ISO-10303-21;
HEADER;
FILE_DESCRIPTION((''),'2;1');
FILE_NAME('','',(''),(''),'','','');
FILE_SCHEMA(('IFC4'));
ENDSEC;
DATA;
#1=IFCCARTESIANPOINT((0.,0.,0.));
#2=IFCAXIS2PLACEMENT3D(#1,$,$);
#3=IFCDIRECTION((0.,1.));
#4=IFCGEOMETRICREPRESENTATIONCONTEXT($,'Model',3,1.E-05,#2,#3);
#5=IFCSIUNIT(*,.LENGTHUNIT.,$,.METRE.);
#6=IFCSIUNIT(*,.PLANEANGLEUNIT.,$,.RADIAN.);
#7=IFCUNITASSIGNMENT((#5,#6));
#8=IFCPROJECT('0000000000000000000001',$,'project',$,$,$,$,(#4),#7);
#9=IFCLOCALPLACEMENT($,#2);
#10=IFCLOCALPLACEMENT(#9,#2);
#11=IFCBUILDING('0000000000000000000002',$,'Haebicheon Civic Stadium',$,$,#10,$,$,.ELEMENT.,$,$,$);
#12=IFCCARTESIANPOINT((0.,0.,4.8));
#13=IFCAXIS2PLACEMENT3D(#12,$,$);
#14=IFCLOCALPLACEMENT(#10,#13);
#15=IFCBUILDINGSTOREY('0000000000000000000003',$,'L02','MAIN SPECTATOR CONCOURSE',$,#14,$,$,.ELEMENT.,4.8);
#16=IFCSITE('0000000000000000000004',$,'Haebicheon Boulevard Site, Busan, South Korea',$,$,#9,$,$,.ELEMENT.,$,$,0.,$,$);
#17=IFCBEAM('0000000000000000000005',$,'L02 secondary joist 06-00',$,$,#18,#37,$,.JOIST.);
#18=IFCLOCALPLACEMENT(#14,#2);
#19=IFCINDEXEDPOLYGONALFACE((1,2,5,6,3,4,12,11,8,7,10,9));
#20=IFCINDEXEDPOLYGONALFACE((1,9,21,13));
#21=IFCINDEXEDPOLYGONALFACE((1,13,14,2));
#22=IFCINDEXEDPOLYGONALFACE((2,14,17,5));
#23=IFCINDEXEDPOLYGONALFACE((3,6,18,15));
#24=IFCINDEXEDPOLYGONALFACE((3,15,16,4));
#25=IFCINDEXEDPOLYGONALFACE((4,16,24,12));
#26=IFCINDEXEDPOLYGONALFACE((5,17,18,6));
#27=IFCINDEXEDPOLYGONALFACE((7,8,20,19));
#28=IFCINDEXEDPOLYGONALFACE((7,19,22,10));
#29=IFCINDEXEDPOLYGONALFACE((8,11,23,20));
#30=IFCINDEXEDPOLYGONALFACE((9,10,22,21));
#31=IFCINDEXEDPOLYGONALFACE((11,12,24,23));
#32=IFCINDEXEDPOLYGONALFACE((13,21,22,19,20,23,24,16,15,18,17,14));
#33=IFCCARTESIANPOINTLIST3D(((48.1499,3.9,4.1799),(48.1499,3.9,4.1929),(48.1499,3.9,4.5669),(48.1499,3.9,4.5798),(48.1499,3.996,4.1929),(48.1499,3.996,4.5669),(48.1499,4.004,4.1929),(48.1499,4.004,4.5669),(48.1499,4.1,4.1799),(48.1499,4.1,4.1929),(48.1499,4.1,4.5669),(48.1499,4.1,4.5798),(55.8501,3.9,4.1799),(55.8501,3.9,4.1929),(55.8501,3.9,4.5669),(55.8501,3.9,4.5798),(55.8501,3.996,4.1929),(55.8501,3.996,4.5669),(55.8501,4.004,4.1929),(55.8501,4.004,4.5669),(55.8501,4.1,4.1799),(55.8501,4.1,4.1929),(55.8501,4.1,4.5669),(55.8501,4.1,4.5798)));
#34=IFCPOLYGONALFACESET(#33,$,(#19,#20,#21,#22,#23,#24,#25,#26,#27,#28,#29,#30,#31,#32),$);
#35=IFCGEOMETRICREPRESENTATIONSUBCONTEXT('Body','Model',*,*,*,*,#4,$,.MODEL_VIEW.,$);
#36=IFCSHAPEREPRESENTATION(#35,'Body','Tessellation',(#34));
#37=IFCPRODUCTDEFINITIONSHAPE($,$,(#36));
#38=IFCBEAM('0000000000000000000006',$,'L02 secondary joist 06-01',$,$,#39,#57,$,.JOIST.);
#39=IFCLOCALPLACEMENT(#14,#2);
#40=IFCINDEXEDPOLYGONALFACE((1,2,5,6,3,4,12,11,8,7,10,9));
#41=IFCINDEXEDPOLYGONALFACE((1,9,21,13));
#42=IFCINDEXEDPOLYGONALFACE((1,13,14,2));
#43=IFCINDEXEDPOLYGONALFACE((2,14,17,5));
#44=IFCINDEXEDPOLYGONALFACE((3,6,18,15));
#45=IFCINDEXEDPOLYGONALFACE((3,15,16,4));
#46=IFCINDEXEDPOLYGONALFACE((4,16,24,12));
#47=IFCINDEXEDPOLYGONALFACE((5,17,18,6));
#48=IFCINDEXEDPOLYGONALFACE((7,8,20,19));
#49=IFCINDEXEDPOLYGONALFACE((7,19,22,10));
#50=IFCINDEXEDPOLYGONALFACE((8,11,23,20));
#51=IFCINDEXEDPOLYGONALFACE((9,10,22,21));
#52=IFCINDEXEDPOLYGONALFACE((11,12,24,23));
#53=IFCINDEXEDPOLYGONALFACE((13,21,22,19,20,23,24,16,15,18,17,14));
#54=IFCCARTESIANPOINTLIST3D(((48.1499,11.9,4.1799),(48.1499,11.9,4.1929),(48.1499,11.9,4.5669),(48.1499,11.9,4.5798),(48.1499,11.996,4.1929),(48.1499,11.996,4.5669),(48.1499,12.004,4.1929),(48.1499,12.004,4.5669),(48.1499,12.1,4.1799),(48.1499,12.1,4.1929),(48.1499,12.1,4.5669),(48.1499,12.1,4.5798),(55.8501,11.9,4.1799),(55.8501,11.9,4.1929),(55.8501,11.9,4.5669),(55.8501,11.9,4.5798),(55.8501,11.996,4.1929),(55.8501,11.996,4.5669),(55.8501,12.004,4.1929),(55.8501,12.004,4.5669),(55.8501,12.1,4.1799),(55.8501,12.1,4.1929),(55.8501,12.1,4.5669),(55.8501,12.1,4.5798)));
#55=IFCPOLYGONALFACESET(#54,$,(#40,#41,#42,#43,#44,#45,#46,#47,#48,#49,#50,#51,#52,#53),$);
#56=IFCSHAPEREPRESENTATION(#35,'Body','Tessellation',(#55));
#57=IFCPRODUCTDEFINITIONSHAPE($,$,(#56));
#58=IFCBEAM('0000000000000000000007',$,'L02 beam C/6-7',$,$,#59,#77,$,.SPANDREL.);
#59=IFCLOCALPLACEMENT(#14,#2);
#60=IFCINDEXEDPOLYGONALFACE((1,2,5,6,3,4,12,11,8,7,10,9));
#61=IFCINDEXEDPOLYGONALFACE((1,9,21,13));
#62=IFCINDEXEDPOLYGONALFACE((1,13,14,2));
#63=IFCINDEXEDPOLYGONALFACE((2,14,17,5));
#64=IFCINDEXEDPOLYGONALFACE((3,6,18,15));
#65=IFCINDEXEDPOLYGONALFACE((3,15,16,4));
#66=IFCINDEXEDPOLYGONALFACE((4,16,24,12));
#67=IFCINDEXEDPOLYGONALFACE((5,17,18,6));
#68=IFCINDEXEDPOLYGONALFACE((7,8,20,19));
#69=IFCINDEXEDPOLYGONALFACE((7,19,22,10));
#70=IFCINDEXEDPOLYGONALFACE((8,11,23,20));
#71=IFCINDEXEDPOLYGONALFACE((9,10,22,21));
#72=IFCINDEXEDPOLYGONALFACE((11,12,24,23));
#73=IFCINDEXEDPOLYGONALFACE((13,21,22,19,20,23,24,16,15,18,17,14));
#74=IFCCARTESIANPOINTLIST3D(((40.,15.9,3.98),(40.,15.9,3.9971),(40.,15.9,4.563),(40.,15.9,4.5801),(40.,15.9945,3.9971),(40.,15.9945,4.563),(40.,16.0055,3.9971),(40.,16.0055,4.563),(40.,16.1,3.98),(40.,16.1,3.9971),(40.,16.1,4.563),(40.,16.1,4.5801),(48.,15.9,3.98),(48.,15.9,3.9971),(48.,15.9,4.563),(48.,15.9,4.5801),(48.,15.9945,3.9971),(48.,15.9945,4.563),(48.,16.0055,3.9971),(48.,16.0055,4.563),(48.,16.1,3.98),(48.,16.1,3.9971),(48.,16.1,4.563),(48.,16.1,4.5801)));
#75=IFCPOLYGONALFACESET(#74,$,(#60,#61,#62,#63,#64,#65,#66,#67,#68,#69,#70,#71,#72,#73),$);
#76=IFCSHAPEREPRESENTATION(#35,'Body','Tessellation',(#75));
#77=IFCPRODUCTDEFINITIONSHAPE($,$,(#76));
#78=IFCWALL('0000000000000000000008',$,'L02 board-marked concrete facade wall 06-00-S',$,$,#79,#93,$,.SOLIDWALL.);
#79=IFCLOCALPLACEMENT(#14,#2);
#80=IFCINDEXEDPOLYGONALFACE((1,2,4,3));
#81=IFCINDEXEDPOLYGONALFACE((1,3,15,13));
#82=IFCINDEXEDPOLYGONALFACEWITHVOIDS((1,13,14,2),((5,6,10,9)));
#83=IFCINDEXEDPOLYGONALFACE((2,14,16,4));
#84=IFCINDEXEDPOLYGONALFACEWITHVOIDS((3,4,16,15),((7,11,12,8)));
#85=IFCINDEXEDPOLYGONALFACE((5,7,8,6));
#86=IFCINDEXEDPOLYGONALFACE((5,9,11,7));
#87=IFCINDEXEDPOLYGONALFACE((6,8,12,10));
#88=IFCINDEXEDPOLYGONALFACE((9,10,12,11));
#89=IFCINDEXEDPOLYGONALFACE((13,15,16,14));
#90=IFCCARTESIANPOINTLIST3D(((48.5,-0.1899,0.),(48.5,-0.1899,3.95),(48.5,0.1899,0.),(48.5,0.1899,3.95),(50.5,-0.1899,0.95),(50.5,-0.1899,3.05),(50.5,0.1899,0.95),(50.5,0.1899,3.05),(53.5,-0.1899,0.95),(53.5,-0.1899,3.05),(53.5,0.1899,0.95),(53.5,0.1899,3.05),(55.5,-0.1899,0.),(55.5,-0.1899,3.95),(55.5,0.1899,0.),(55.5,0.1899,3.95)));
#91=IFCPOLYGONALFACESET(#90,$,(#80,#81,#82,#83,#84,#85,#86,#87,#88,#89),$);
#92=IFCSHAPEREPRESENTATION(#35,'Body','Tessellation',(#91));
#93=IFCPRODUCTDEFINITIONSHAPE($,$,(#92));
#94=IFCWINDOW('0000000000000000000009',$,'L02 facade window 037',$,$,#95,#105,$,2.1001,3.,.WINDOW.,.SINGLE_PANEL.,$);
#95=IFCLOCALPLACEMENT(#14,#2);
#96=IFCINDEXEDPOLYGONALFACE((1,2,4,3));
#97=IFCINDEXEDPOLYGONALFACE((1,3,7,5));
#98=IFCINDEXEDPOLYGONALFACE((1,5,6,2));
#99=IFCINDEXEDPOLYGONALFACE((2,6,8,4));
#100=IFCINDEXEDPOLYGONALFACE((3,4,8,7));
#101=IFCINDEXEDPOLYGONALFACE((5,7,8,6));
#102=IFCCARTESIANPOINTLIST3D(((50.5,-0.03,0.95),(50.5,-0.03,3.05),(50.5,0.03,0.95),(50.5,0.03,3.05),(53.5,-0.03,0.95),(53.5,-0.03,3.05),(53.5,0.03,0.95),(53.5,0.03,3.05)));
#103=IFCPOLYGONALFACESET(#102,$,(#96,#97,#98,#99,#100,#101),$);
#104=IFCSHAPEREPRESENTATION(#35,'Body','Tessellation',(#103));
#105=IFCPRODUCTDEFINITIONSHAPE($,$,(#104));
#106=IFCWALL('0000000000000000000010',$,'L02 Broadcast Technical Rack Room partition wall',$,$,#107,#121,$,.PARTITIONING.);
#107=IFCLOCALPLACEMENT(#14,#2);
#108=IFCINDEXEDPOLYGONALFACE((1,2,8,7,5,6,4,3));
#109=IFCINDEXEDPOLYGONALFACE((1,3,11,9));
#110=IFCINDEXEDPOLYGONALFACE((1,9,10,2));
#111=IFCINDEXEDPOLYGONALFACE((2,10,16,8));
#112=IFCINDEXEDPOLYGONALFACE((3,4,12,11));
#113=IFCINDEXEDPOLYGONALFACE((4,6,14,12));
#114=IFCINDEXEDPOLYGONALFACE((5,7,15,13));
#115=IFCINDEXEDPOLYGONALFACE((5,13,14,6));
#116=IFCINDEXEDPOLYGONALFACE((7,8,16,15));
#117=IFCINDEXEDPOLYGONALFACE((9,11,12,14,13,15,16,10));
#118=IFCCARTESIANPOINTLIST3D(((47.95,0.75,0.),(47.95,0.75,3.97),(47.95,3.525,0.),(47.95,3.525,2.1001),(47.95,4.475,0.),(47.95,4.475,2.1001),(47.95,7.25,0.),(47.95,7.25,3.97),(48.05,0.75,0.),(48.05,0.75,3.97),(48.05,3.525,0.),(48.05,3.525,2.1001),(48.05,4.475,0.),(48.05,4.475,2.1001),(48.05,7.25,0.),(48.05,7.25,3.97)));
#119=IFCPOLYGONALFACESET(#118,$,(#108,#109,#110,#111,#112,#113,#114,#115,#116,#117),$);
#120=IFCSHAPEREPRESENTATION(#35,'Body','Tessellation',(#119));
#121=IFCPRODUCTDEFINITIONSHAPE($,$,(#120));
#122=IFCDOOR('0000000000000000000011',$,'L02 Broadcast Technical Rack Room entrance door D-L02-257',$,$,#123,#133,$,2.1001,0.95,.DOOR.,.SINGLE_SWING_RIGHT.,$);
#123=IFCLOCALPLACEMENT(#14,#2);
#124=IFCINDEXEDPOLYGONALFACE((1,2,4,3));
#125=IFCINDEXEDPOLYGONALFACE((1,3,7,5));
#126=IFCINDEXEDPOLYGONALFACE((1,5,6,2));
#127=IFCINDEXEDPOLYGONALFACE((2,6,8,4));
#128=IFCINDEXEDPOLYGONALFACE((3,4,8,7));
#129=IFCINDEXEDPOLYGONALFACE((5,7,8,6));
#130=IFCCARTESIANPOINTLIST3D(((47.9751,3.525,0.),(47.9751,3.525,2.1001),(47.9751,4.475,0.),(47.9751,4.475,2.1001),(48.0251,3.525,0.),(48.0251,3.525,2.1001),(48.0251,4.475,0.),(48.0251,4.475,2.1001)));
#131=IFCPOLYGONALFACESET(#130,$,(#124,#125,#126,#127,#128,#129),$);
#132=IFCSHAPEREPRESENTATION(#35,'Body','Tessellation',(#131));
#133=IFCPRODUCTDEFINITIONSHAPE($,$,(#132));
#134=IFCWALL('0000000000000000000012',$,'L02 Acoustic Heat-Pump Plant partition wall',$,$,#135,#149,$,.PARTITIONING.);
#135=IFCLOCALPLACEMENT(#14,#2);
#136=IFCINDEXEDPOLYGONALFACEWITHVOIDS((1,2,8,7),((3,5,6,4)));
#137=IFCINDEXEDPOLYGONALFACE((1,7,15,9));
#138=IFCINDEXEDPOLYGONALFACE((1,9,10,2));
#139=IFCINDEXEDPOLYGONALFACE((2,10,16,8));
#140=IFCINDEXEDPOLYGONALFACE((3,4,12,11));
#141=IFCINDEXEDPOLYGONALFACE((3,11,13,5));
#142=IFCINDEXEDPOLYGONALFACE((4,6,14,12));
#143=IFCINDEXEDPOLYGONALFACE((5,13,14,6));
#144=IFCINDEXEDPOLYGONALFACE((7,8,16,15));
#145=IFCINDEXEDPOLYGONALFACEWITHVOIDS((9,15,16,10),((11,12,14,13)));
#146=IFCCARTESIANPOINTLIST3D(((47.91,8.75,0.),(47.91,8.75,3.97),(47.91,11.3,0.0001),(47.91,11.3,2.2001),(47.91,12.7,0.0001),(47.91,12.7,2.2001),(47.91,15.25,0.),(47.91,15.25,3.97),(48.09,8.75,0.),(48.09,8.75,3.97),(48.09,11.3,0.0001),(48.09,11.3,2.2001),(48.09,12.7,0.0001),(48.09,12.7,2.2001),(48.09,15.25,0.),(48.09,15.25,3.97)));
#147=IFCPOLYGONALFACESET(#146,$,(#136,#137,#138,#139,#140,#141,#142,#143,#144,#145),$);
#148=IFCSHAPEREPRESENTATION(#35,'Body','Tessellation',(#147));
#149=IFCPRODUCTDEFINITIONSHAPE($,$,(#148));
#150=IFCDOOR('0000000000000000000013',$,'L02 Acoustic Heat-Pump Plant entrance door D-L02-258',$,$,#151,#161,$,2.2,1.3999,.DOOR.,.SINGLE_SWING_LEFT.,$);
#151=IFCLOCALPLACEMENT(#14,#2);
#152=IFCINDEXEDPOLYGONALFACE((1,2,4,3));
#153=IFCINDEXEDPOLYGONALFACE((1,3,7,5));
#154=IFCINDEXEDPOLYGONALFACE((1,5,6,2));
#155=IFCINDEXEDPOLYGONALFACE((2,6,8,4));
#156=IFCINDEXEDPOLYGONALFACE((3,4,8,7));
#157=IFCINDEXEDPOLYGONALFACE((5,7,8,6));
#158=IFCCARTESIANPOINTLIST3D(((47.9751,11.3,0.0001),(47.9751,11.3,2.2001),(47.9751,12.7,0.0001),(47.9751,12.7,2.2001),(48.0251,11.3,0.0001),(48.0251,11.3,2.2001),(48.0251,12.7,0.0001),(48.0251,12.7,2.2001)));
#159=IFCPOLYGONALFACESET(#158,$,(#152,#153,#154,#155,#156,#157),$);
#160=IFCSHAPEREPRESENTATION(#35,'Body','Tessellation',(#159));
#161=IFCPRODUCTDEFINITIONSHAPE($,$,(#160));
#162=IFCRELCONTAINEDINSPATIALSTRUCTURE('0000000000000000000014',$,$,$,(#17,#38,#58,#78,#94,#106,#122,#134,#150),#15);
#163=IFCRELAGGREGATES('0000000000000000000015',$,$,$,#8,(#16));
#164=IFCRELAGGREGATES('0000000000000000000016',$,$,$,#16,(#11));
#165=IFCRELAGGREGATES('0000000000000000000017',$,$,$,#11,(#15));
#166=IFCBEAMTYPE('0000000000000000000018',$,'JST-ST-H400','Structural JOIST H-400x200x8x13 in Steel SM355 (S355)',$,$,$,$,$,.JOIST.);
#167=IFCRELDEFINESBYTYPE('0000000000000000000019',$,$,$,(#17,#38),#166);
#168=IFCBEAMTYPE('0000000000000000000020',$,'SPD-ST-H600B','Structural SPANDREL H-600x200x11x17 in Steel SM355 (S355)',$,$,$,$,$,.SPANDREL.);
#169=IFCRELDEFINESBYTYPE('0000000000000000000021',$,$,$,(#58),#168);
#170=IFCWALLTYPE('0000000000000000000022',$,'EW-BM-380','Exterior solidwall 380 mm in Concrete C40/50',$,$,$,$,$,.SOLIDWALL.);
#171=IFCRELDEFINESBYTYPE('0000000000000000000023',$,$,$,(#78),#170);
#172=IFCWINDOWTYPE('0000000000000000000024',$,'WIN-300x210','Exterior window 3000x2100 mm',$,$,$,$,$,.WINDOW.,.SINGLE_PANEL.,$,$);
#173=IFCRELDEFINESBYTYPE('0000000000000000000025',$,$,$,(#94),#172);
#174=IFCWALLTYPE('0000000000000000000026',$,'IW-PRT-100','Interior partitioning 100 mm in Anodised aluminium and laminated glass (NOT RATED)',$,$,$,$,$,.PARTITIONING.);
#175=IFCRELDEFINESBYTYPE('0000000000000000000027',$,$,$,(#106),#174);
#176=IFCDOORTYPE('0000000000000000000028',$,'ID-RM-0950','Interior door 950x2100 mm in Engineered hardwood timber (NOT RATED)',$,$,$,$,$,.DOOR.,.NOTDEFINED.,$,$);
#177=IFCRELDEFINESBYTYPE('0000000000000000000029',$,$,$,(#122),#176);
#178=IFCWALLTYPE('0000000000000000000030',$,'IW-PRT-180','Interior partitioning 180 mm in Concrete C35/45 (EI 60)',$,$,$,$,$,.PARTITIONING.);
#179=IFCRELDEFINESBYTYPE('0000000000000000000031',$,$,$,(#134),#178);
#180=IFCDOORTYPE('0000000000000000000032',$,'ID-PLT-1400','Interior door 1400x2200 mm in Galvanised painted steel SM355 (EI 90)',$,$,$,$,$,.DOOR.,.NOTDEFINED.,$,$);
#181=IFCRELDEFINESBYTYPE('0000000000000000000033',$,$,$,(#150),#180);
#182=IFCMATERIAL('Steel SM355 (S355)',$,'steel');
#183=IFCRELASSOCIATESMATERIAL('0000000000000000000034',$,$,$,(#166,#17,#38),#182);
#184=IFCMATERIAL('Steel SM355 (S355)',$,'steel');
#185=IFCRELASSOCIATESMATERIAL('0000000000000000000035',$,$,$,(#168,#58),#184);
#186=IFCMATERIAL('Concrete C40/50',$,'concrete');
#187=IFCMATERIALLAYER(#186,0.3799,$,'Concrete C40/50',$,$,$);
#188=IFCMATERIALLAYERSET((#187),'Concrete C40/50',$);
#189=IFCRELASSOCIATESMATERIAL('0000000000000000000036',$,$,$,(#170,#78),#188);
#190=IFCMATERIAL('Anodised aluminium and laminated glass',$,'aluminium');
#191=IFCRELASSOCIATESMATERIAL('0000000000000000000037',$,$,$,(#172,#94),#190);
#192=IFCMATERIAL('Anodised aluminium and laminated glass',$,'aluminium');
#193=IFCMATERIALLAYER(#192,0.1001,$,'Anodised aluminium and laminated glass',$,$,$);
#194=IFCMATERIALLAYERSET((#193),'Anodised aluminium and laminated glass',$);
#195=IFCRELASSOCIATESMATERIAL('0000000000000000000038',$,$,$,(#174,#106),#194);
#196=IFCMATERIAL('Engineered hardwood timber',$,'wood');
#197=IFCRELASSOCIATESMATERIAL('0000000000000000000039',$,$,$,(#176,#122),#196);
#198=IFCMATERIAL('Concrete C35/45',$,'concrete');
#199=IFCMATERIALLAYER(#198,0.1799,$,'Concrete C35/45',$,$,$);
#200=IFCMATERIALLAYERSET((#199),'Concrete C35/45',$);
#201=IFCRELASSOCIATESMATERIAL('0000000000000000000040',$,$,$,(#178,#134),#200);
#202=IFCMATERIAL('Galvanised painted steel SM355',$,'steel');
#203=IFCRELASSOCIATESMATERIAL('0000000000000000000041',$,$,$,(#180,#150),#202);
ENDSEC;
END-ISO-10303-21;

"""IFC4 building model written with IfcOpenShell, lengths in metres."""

from ifc_helpers import new_model, si_unit, direction, frame, frame_2d, origin, origin_2d, place, context, subcontext, project, spatial, rectangle, i_section, extrude, material, layer, layer_set, material_profile, profile_set, type_object, element, fill, save


model = new_model("IFC4")

# Units and contexts
model_context = context("Model", 3, precision=1e-05, world=origin(), true_north=direction((0.0, 1.0)))
body_context = subcontext(model_context, "Body", "Model", "MODEL_VIEW")
ifc_project = project(units=[si_unit("LENGTHUNIT", "METRE"), si_unit("PLANEANGLEUNIT", "RADIAN")], contexts=[model_context])

# Site, building, storey
site_placement = place(None, origin())
site = spatial("IfcSite", under=ifc_project, at=site_placement, Name="Haebicheon Boulevard Site, Busan, South Korea", CompositionType="ELEMENT", RefElevation=0.0)
building_placement = place(site_placement, origin())
building = spatial("IfcBuilding", under=site, at=building_placement, Name="Haebicheon Civic Stadium", CompositionType="ELEMENT")
storey_placement = place(building_placement, frame((0.0, 0.0, 4.8)))
storey = spatial("IfcBuildingStorey", under=building, at=storey_placement, Name="L02", Description="MAIN SPECTATOR CONCOURSE", CompositionType="ELEMENT", Elevation=4.8)

# Beams
ifc_material_1 = material(Name="Steel SM355 (S355)", Category="steel")
ifc_material_profile_1 = material_profile(ifc_material_1, i_section(OverallWidth=0.2, OverallDepth=0.3999, WebThickness=0.0081, FlangeThickness=0.0129, at=origin_2d()), Name="H-400x200x8x13")
ifc_profile_set_1 = profile_set([ifc_material_profile_1], Name="Steel SM355 (S355)")
beam_type_1 = type_object("IfcBeamType", Name="JST-ST-H400", Description="Structural JOIST H-400x200x8x13 in Steel SM355 (S355)", PredefinedType="JOIST", material=ifc_profile_set_1)
for number, where, z_axis, x_axis, name in (
    (1, (48.1499, 4.0, 4.3799), (1.0, 0.0, 0.0), (0.0, 1.0, 0.0), "L02 secondary joist 06-00"),
    (2, (48.1499, 12.0, 4.3799), (1.0, 0.0, 0.0), (0.0, 1.0, 0.0), "L02 secondary joist 06-01"),
):
    element("IfcBeam", number, at=place(storey_placement, frame(where, z_axis=z_axis, x_axis=x_axis)), inside=storey, type_object=beam_type_1, material=ifc_profile_set_1, Name=name, PredefinedType="JOIST", context=body_context, shape_type="SweptSolid", body=[
        extrude(i_section(OverallWidth=0.2, OverallDepth=0.3999, WebThickness=0.0081, FlangeThickness=0.0129, at=origin_2d()), origin(), (0.0, 0.0, 1.0), 7.7002),
    ])
ifc_material_2 = material(Name="Steel SM355 (S355)", Category="steel")
ifc_material_profile_2 = material_profile(ifc_material_2, i_section(OverallWidth=0.2, OverallDepth=0.6001, WebThickness=0.011, FlangeThickness=0.0171, at=origin_2d()), Name="H-600x200x11x17")
ifc_profile_set_2 = profile_set([ifc_material_profile_2], Name="Steel SM355 (S355)")
beam_type_2 = type_object("IfcBeamType", Name="SPD-ST-H600B", Description="Structural SPANDREL H-600x200x11x17 in Steel SM355 (S355)", PredefinedType="SPANDREL", material=ifc_profile_set_2)
beam_1_placement = place(storey_placement, frame((40.0, 16.0, 4.28), z_axis=(1.0, 0.0, 0.0), x_axis=(0.0, 1.0, 0.0)))
element("IfcBeam", 3, at=beam_1_placement, inside=storey, type_object=beam_type_2, material=ifc_profile_set_2, Name="L02 beam C/6-7", PredefinedType="SPANDREL", context=body_context, shape_type="SweptSolid", body=[
    extrude(i_section(OverallWidth=0.2, OverallDepth=0.6001, WebThickness=0.011, FlangeThickness=0.0171, at=origin_2d()), origin(), (0.0, 0.0, 1.0), 8.0),
])

# Wall, opening, window
ifc_material_3 = material(Name="Concrete C40/50", Category="concrete")
ifc_layer_1 = layer(ifc_material_3, 0.3799, Name="Concrete C40/50")
ifc_layer_set_1 = layer_set([ifc_layer_1], Name="Concrete C40/50")
wall_type_1 = type_object("IfcWallType", Name="EW-BM-380", Description="Exterior solidwall 380 mm in Concrete C40/50", PredefinedType="SOLIDWALL", material=ifc_layer_set_1)
wall_1_placement = place(storey_placement, frame((48.5, 0.0, 0.0), z_axis=(0.0, 0.0, 1.0), x_axis=(1.0, 0.0, 0.0)))
wall_1 = element("IfcWall", 4, at=wall_1_placement, inside=storey, type_object=wall_type_1, material=ifc_layer_set_1, Name="L02 board-marked concrete facade wall 06-00-S", PredefinedType="SOLIDWALL", context=body_context, shape_type="SweptSolid", body=[
    extrude(rectangle(XDim=7.0, YDim=0.3799, at=frame_2d((3.5, 0.0))), origin(), (0.0, 0.0, 1.0), 3.95),
])
opening_1_placement = place(wall_1_placement, frame((2.0, 0.0, 0.95)))
opening_1 = element("IfcOpeningElement", 5, at=opening_1_placement, cuts=wall_1, PredefinedType="OPENING", context=body_context, shape_type="SweptSolid", body=[
    extrude(rectangle(XDim=3.0, YDim=2.1001, at=frame_2d((1.5, 1.05))), frame((0.0, 0.2, 0.0), z_axis=(0.0, -1.0, 0.0), x_axis=(1.0, 0.0, 0.0)), (0.0, 0.0, 1.0), 0.3999),
])
ifc_material_4 = material(Name="Anodised aluminium and laminated glass", Category="aluminium")
window_type = type_object("IfcWindowType", Name="WIN-300x210", Description="Exterior window 3000x2100 mm", PartitioningType="SINGLE_PANEL", PredefinedType="WINDOW", material=ifc_material_4)
window_placement = place(opening_1_placement, origin())
window = element("IfcWindow", 6, at=window_placement, inside=storey, type_object=window_type, material=ifc_material_4, Name="L02 facade window 037", OverallHeight=2.1001, OverallWidth=3.0, PartitioningType="SINGLE_PANEL", PredefinedType="WINDOW", context=body_context, shape_type="SweptSolid", body=[
    extrude(rectangle(XDim=3.0, YDim=2.1001, at=frame_2d((1.5, 1.05))), frame((0.0, 0.03, 0.0), z_axis=(0.0, -1.0, 0.0), x_axis=(1.0, 0.0, 0.0)), (0.0, 0.0, 1.0), 0.0601),
])
fill(opening_1, window)

# Walls, openings, doors
ifc_material_5 = material(Name="Anodised aluminium and laminated glass", Category="aluminium")
ifc_layer_2 = layer(ifc_material_5, 0.1001, Name="Anodised aluminium and laminated glass")
ifc_layer_set_2 = layer_set([ifc_layer_2], Name="Anodised aluminium and laminated glass")
wall_type_2 = type_object("IfcWallType", Name="IW-PRT-100", Description="Interior partitioning 100 mm in Anodised aluminium and laminated glass (NOT RATED)", PredefinedType="PARTITIONING", material=ifc_layer_set_2)
wall_2_placement = place(storey_placement, frame((48.0, 0.75, 0.0), z_axis=(0.0, 0.0, 1.0), x_axis=(0.0, 1.0, 0.0)))
wall_2 = element("IfcWall", 7, at=wall_2_placement, inside=storey, type_object=wall_type_2, material=ifc_layer_set_2, Name="L02 Broadcast Technical Rack Room partition wall", PredefinedType="PARTITIONING", context=body_context, shape_type="SweptSolid", body=[
    extrude(rectangle(XDim=6.5, YDim=0.1001, at=frame_2d((3.25, 0.0))), origin(), (0.0, 0.0, 1.0), 3.97),
])
opening_2_placement = place(wall_2_placement, frame((2.7749, 0.0, 0.0)))
opening_2 = element("IfcOpeningElement", 8, at=opening_2_placement, cuts=wall_2, PredefinedType="OPENING", context=body_context, shape_type="SweptSolid", body=[
    extrude(rectangle(XDim=0.95, YDim=2.1001, at=frame_2d((0.4751, 1.05))), frame((0.0, 0.0601, 0.0), z_axis=(0.0, -1.0, 0.0), x_axis=(1.0, 0.0, 0.0)), (0.0, 0.0, 1.0), 0.1201),
])
ifc_material_6 = material(Name="Engineered hardwood timber", Category="wood")
door_type_1 = type_object("IfcDoorType", Name="ID-RM-0950", Description="Interior door 950x2100 mm in Engineered hardwood timber (NOT RATED)", OperationType="NOTDEFINED", PredefinedType="DOOR", material=ifc_material_6)
door_1_placement = place(opening_2_placement, origin())
door_1 = element("IfcDoor", 9, at=door_1_placement, inside=storey, type_object=door_type_1, material=ifc_material_6, Name="L02 Broadcast Technical Rack Room entrance door D-L02-257", OperationType="SINGLE_SWING_RIGHT", OverallHeight=2.1001, OverallWidth=0.95, PredefinedType="DOOR", context=body_context, shape_type="SweptSolid", body=[
    extrude(rectangle(XDim=0.95, YDim=2.1001, at=frame_2d((0.4751, 1.05))), frame((0.0, 0.0249, 0.0), z_axis=(0.0, -1.0, 0.0), x_axis=(1.0, 0.0, 0.0)), (0.0, 0.0, 1.0), 0.05),
])
fill(opening_2, door_1)
ifc_material_7 = material(Name="Concrete C35/45", Category="concrete")
ifc_layer_3 = layer(ifc_material_7, 0.1799, Name="Concrete C35/45")
ifc_layer_set_3 = layer_set([ifc_layer_3], Name="Concrete C35/45")
wall_type_3 = type_object("IfcWallType", Name="IW-PRT-180", Description="Interior partitioning 180 mm in Concrete C35/45 (EI 60)", PredefinedType="PARTITIONING", material=ifc_layer_set_3)
wall_3_placement = place(storey_placement, frame((48.0, 8.75, 0.0), z_axis=(0.0, 0.0, 1.0), x_axis=(0.0, 1.0, 0.0)))
wall_3 = element("IfcWall", 10, at=wall_3_placement, inside=storey, type_object=wall_type_3, material=ifc_layer_set_3, Name="L02 Acoustic Heat-Pump Plant partition wall", PredefinedType="PARTITIONING", context=body_context, shape_type="SweptSolid", body=[
    extrude(rectangle(XDim=6.5, YDim=0.1799, at=frame_2d((3.25, 0.0))), origin(), (0.0, 0.0, 1.0), 3.97),
])
opening_3_placement = place(wall_3_placement, frame((2.55, 0.0, 0.0)))
opening_3 = element("IfcOpeningElement", 11, at=opening_3_placement, cuts=wall_3, PredefinedType="OPENING", context=body_context, shape_type="SweptSolid", body=[
    extrude(rectangle(XDim=1.3999, YDim=2.2, at=frame_2d((0.7, 1.1001))), frame((0.0, 0.0999, 0.0), z_axis=(0.0, -1.0, 0.0), x_axis=(1.0, 0.0, 0.0)), (0.0, 0.0, 1.0), 0.2),
])
ifc_material_8 = material(Name="Galvanised painted steel SM355", Category="steel")
door_type_2 = type_object("IfcDoorType", Name="ID-PLT-1400", Description="Interior door 1400x2200 mm in Galvanised painted steel SM355 (EI 90)", OperationType="NOTDEFINED", PredefinedType="DOOR", material=ifc_material_8)
door_2_placement = place(opening_3_placement, origin())
door_2 = element("IfcDoor", 12, at=door_2_placement, inside=storey, type_object=door_type_2, material=ifc_material_8, Name="L02 Acoustic Heat-Pump Plant entrance door D-L02-258", OperationType="SINGLE_SWING_LEFT", OverallHeight=2.2, OverallWidth=1.3999, PredefinedType="DOOR", context=body_context, shape_type="SweptSolid", body=[
    extrude(rectangle(XDim=1.3999, YDim=2.2, at=frame_2d((0.7, 1.1001))), frame((0.0, 0.0249, 0.0), z_axis=(0.0, -1.0, 0.0), x_axis=(1.0, 0.0, 0.0)), (0.0, 0.0, 1.0), 0.05),
])
fill(opening_3, door_2)

save(model, "model.ifc")
